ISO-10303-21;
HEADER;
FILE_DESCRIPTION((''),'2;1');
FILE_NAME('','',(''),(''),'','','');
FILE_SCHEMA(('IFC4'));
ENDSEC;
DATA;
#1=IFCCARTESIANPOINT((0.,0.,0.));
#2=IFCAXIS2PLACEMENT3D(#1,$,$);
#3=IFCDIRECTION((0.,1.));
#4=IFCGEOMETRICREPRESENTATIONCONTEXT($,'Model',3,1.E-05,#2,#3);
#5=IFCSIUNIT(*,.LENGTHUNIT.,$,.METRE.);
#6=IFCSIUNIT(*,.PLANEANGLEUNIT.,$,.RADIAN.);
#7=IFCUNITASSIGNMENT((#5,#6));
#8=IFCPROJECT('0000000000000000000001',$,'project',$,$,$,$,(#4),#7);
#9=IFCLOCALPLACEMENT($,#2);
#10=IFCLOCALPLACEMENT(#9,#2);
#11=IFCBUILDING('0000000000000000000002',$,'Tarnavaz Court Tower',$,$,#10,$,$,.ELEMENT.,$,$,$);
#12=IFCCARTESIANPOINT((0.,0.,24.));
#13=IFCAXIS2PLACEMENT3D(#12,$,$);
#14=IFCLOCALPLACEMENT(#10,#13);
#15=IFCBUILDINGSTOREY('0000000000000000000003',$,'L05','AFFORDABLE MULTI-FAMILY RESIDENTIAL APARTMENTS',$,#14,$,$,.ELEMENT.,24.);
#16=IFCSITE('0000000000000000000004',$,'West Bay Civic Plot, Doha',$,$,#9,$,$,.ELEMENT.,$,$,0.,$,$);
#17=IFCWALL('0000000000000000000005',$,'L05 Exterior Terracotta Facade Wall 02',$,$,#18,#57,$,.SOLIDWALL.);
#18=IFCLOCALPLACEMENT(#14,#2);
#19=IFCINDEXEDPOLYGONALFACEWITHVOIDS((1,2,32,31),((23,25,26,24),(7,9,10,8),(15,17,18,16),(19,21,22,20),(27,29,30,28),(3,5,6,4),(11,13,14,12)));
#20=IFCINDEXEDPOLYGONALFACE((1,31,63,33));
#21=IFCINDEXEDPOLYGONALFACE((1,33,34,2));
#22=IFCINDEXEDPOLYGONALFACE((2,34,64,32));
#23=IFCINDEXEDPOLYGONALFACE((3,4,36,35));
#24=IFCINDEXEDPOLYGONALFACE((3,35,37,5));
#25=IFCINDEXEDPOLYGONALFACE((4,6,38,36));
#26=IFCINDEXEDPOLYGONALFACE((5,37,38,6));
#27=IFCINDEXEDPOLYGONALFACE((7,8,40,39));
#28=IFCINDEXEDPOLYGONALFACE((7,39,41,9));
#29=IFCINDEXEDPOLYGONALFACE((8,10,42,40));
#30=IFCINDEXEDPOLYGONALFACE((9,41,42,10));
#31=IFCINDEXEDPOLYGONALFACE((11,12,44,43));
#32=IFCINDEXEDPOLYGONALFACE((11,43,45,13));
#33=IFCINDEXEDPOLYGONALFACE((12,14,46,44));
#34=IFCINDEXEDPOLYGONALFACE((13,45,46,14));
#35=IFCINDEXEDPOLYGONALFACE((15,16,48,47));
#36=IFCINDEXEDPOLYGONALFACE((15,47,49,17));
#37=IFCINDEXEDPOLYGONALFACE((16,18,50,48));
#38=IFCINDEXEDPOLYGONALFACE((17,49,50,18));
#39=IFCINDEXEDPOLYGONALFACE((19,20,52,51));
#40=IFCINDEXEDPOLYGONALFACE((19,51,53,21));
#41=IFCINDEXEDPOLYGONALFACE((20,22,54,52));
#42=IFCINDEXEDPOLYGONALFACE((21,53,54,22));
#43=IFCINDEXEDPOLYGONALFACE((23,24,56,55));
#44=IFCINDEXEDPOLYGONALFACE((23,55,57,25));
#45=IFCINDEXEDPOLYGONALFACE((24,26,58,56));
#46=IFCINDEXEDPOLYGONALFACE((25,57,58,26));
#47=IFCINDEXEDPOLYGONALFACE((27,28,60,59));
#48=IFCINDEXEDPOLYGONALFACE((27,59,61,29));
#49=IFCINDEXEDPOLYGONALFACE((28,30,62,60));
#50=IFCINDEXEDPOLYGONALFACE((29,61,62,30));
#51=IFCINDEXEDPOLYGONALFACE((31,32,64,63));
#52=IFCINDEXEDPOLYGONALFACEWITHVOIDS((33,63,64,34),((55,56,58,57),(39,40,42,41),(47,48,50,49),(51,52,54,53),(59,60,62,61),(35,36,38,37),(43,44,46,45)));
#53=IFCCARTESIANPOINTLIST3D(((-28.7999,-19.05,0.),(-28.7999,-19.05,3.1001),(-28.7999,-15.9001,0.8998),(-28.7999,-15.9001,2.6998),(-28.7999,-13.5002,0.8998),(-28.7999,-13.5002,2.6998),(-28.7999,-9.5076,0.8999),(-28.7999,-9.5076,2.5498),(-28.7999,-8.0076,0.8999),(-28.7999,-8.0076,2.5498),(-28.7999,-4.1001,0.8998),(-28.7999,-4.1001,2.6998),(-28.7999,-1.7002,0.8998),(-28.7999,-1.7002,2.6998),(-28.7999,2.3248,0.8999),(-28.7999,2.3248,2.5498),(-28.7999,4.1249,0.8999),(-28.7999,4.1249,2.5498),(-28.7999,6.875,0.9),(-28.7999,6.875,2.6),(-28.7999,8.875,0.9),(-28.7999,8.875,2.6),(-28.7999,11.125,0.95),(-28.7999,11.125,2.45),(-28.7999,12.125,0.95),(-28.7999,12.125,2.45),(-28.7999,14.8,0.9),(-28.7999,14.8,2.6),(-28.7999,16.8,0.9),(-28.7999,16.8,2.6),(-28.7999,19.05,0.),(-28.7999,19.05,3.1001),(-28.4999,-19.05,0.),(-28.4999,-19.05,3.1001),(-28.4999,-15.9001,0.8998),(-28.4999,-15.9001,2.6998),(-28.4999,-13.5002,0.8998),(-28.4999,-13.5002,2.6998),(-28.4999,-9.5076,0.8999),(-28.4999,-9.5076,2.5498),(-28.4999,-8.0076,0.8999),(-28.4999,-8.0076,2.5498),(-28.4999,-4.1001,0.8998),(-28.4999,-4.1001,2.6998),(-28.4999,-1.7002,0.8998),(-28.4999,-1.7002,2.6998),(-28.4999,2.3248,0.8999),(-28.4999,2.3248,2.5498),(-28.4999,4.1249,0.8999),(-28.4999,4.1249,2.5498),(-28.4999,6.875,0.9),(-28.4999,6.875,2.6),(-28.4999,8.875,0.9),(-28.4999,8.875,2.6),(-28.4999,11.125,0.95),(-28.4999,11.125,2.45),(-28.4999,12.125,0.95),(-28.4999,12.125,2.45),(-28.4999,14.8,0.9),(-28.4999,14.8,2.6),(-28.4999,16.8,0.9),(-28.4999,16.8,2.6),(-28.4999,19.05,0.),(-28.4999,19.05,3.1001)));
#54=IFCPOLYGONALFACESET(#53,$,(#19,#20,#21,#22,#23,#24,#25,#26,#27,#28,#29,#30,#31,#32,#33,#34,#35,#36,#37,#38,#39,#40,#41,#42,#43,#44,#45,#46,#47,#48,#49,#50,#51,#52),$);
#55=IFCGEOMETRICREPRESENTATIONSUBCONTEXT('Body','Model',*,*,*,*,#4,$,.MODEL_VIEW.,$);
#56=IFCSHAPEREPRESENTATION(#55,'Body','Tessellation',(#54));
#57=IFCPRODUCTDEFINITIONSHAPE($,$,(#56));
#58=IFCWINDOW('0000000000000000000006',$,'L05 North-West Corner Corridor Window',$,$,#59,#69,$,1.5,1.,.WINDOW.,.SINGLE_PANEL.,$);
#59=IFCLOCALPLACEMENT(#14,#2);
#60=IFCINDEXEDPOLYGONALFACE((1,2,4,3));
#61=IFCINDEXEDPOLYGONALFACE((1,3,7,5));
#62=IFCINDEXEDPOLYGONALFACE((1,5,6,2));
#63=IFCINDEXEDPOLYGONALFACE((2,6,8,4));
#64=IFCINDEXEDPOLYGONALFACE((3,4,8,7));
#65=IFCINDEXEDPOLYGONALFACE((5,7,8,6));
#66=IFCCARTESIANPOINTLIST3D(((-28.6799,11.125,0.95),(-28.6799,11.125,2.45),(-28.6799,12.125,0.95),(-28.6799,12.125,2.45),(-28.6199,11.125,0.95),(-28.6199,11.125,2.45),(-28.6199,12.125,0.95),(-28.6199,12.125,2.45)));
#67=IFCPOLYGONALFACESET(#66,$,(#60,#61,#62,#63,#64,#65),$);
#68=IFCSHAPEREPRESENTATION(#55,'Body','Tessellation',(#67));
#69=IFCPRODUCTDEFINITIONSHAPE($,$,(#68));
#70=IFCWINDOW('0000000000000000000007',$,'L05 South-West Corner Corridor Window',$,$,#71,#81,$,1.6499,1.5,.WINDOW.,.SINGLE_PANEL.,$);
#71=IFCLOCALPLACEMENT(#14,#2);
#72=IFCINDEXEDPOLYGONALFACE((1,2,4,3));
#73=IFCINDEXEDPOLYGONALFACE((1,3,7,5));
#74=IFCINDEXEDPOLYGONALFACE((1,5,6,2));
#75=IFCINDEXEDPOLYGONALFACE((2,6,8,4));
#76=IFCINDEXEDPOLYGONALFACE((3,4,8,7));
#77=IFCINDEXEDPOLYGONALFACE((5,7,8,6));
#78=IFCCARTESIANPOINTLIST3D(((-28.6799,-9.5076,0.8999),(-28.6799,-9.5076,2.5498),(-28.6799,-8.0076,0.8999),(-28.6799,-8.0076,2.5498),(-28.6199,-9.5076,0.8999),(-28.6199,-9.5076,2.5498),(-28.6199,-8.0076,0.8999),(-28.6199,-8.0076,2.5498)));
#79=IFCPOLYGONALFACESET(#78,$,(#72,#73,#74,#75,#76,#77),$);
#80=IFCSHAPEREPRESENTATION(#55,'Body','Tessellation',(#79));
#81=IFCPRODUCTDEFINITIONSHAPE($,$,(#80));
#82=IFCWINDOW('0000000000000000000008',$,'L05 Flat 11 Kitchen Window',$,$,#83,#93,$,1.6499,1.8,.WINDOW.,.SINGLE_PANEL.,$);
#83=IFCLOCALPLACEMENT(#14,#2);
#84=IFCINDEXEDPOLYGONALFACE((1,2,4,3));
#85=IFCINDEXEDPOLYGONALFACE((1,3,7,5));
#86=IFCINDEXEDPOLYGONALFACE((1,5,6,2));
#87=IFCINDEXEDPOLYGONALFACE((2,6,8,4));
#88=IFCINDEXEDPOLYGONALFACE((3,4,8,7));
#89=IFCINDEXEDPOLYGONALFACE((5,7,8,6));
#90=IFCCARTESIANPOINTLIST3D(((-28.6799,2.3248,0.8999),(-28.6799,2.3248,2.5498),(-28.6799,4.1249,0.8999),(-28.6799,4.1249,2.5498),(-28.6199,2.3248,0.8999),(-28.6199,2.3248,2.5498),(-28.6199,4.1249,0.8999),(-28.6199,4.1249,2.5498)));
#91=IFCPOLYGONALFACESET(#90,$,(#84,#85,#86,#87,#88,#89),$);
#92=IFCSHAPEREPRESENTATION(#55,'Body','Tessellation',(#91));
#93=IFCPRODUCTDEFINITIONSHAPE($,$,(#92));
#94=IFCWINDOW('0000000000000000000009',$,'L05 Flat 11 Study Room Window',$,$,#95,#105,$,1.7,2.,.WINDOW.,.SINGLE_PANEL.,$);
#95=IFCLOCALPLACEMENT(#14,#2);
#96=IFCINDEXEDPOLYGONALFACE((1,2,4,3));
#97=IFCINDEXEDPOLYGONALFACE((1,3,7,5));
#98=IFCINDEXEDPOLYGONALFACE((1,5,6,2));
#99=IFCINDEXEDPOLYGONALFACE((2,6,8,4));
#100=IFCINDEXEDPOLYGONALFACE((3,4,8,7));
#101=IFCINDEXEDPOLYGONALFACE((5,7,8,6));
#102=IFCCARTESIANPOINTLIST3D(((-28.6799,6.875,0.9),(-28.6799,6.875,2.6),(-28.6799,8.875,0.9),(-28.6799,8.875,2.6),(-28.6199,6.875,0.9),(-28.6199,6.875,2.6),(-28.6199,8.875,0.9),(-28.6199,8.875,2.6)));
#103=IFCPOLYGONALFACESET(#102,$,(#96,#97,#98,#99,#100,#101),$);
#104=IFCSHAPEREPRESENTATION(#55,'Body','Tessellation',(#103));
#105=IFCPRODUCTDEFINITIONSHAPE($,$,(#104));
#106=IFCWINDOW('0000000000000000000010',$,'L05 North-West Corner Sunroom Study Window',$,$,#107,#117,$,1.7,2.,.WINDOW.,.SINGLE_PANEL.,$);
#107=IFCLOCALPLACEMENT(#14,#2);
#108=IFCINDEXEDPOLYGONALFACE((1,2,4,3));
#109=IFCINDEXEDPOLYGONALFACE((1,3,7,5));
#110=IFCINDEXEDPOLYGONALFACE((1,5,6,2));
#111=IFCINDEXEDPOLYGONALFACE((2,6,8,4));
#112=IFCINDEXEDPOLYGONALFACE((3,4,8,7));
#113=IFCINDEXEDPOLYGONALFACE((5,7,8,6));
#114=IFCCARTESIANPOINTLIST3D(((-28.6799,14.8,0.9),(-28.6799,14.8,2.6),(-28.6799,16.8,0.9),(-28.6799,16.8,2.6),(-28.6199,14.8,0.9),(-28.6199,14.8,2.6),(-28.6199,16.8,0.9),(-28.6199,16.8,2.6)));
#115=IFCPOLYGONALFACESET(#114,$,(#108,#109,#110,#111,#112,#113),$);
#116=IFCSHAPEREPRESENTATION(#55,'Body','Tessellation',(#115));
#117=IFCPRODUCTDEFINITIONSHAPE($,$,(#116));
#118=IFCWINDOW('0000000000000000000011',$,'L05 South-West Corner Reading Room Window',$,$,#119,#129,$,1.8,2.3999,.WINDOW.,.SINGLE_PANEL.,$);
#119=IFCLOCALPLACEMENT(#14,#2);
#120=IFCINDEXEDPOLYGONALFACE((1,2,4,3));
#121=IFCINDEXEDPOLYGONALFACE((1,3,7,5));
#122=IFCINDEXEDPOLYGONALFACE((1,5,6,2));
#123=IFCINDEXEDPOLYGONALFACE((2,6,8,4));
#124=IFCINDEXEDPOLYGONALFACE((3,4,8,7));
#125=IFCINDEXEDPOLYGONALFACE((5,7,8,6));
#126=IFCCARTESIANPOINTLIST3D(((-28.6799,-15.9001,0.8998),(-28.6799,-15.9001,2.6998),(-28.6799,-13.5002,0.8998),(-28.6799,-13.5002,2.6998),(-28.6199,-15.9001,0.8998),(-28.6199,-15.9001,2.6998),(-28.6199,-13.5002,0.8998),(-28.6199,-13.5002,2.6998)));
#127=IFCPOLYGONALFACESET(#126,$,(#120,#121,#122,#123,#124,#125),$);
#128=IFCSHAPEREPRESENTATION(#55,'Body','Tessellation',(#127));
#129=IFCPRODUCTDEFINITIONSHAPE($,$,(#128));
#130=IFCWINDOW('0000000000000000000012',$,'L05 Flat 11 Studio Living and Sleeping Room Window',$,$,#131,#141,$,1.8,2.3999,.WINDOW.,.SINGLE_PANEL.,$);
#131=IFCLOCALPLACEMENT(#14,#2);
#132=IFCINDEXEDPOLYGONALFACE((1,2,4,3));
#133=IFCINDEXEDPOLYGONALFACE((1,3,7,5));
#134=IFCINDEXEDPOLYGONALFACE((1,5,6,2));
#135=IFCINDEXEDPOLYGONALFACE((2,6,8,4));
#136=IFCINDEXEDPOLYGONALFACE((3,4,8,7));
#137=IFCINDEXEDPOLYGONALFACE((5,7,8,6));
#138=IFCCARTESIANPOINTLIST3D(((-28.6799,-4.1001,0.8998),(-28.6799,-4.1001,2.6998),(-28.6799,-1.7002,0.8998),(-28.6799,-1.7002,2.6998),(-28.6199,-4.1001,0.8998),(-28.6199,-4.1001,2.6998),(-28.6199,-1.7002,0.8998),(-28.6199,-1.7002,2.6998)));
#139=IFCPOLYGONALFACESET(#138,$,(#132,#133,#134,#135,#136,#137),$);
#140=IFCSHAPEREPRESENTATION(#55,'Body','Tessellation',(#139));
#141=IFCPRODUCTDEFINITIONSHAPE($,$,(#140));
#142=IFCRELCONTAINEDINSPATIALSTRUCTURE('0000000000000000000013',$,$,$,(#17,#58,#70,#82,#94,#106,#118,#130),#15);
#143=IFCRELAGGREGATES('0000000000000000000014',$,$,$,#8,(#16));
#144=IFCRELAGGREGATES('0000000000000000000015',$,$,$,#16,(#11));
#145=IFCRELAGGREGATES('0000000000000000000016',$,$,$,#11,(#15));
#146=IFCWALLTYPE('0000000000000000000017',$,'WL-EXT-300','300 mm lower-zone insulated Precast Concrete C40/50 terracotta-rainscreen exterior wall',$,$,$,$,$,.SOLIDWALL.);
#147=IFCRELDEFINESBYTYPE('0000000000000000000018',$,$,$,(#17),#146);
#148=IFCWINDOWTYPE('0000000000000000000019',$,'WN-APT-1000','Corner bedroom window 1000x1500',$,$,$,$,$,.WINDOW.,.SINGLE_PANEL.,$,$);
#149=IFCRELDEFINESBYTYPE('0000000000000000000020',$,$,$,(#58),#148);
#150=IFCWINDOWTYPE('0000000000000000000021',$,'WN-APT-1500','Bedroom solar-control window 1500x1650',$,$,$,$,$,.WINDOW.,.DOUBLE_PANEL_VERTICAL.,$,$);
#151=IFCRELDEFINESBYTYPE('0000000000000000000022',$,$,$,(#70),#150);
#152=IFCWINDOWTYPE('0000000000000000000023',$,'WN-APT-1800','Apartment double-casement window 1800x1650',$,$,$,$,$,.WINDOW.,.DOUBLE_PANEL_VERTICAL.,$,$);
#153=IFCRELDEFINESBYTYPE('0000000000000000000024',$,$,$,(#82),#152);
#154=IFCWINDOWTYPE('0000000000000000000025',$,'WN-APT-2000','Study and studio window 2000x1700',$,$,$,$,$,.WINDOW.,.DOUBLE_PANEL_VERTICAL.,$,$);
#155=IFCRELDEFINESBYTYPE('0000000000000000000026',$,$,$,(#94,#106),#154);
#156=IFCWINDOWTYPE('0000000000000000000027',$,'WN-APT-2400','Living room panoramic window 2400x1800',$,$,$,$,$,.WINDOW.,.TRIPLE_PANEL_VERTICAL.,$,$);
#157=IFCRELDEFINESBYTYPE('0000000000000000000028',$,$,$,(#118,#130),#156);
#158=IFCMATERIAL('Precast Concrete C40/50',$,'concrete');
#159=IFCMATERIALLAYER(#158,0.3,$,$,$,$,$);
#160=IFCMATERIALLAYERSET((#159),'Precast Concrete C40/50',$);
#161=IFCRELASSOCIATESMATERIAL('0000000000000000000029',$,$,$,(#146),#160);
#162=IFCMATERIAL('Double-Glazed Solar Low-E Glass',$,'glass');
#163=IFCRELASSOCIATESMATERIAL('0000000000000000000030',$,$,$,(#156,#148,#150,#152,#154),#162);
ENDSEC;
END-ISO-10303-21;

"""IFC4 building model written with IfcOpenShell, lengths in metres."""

from ifc_helpers import new_model, si_unit, direction, frame, frame_2d, origin, place, context, subcontext, project, spatial, rectangle, extrude, material, layer, layer_set, type_object, element, fill, save


model = new_model("IFC4")

# Units and contexts
model_context = context("Model", 3, precision=1e-05, world=origin(), true_north=direction((0.0, 1.0)))
body_context = subcontext(model_context, "Body", "Model", "MODEL_VIEW")
ifc_project = project(units=[si_unit("LENGTHUNIT", "METRE"), si_unit("PLANEANGLEUNIT", "RADIAN")], contexts=[model_context])

# Site, building, storey
site_placement = place(None, origin())
site = spatial("IfcSite", under=ifc_project, at=site_placement, Name="West Bay Civic Plot, Doha", CompositionType="ELEMENT", RefElevation=0.0)
building_placement = place(site_placement, origin())
building = spatial("IfcBuilding", under=site, at=building_placement, Name="Tarnavaz Court Tower", CompositionType="ELEMENT")
storey_placement = place(building_placement, frame((0.0, 0.0, 24.0)))
storey = spatial("IfcBuildingStorey", under=building, at=storey_placement, Name="L05", Description="AFFORDABLE MULTI-FAMILY RESIDENTIAL APARTMENTS", CompositionType="ELEMENT", Elevation=24.0)

# Shared definitions
ifc_material_1 = material(Name="Precast Concrete C40/50", Category="concrete")
ifc_layer_1 = layer(ifc_material_1, 0.3)
ifc_layer_set_1 = layer_set([ifc_layer_1], Name="Precast Concrete C40/50")
wall_type_1 = type_object("IfcWallType", Name="WL-EXT-300", Description="300 mm lower-zone insulated Precast Concrete C40/50 terracotta-rainscreen exterior wall", PredefinedType="SOLIDWALL", material=ifc_layer_set_1)
ifc_material_2 = material(Name="Double-Glazed Solar Low-E Glass", Category="glass")
window_type_1 = type_object("IfcWindowType", Name="WN-APT-2400", Description="Living room panoramic window 2400x1800", PartitioningType="TRIPLE_PANEL_VERTICAL", PredefinedType="WINDOW", material=ifc_material_2)

# Wall, openings, windows
wall_1_placement = place(storey_placement, frame((-28.6499, -19.05, 0.0), z_axis=(0.0, 0.0, 1.0), x_axis=(0.0, 1.0, 0.0)))
wall_1 = element("IfcWall", 1, at=wall_1_placement, inside=storey, type_object=wall_type_1, Name="L05 Exterior Terracotta Facade Wall 02", PredefinedType="SOLIDWALL", context=body_context, shape_type="SweptSolid", body=[
    extrude(rectangle(XDim=38.1001, YDim=0.3, at=frame_2d((19.05, 0.0))), origin(), (0.0, 0.0, 1.0), 3.1001),
])
opening_1_placement = place(wall_1_placement, frame((3.1499, 0.0, 0.8999)))
opening_1 = element("IfcOpeningElement", 2, at=opening_1_placement, cuts=wall_1, PredefinedType="OPENING", context=body_context, shape_type="SweptSolid", body=[
    extrude(rectangle(XDim=2.3999, YDim=1.8, at=frame_2d((1.2, 0.8999))), frame((0.0, 0.1599, 0.0), z_axis=(0.0, -1.0, 0.0), x_axis=(1.0, 0.0, 0.0)), (0.0, 0.0, 1.0), 0.3201),
])
opening_2_placement = place(wall_1_placement, frame((9.5425, 0.0, 0.8999)))
opening_2 = element("IfcOpeningElement", 3, at=opening_2_placement, cuts=wall_1, PredefinedType="OPENING", context=body_context, shape_type="SweptSolid", body=[
    extrude(rectangle(XDim=1.5, YDim=1.6499, at=frame_2d((0.75, 0.825))), frame((0.0, 0.1599, 0.0), z_axis=(0.0, -1.0, 0.0), x_axis=(1.0, 0.0, 0.0)), (0.0, 0.0, 1.0), 0.3201),
])
opening_3_placement = place(wall_1_placement, frame((14.95, 0.0, 0.8999)))
opening_3 = element("IfcOpeningElement", 4, at=opening_3_placement, cuts=wall_1, PredefinedType="OPENING", context=body_context, shape_type="SweptSolid", body=[
    extrude(rectangle(XDim=2.3999, YDim=1.8, at=frame_2d((1.2, 0.8999))), frame((0.0, 0.1599, 0.0), z_axis=(0.0, -1.0, 0.0), x_axis=(1.0, 0.0, 0.0)), (0.0, 0.0, 1.0), 0.3201),
])
opening_4_placement = place(wall_1_placement, frame((21.375, 0.0, 0.8999)))
opening_4 = element("IfcOpeningElement", 5, at=opening_4_placement, cuts=wall_1, PredefinedType="OPENING", context=body_context, shape_type="SweptSolid", body=[
    extrude(rectangle(XDim=1.8, YDim=1.6499, at=frame_2d((0.8999, 0.825))), frame((0.0, 0.1599, 0.0), z_axis=(0.0, -1.0, 0.0), x_axis=(1.0, 0.0, 0.0)), (0.0, 0.0, 1.0), 0.3201),
])
opening_5_placement = place(wall_1_placement, frame((25.925, 0.0, 0.8999)))
opening_5 = element("IfcOpeningElement", 6, at=opening_5_placement, cuts=wall_1, PredefinedType="OPENING", context=body_context, shape_type="SweptSolid", body=[
    extrude(rectangle(XDim=2.0, YDim=1.7, at=frame_2d((1.0, 0.8501))), frame((0.0, 0.1599, 0.0), z_axis=(0.0, -1.0, 0.0), x_axis=(1.0, 0.0, 0.0)), (0.0, 0.0, 1.0), 0.3201),
])
opening_6_placement = place(wall_1_placement, frame((30.175, 0.0, 0.95)))
opening_6 = element("IfcOpeningElement", 7, at=opening_6_placement, cuts=wall_1, PredefinedType="OPENING", context=body_context, shape_type="SweptSolid", body=[
    extrude(rectangle(XDim=1.0, YDim=1.5, at=frame_2d((0.5, 0.75))), frame((0.0, 0.1599, 0.0), z_axis=(0.0, -1.0, 0.0), x_axis=(1.0, 0.0, 0.0)), (0.0, 0.0, 1.0), 0.3201),
])
opening_7_placement = place(wall_1_placement, frame((33.8501, 0.0, 0.8999)))
opening_7 = element("IfcOpeningElement", 8, at=opening_7_placement, cuts=wall_1, PredefinedType="OPENING", context=body_context, shape_type="SweptSolid", body=[
    extrude(rectangle(XDim=2.0, YDim=1.7, at=frame_2d((1.0, 0.8501))), frame((0.0, 0.1599, 0.0), z_axis=(0.0, -1.0, 0.0), x_axis=(1.0, 0.0, 0.0)), (0.0, 0.0, 1.0), 0.3201),
])
window_type_2 = type_object("IfcWindowType", Name="WN-APT-1000", Description="Corner bedroom window 1000x1500", PartitioningType="SINGLE_PANEL", PredefinedType="WINDOW", material=ifc_material_2)
window_1_placement = place(opening_6_placement, origin())
window_1 = element("IfcWindow", 9, at=window_1_placement, inside=storey, type_object=window_type_2, Name="L05 North-West Corner Corridor Window", OverallHeight=1.5, OverallWidth=1.0, PartitioningType="SINGLE_PANEL", PredefinedType="WINDOW", context=body_context, shape_type="SweptSolid", body=[
    extrude(rectangle(XDim=1.0, YDim=1.5, at=frame_2d((0.5, 0.75))), frame((0.0, 0.03, 0.0), z_axis=(0.0, -1.0, 0.0), x_axis=(1.0, 0.0, 0.0)), (0.0, 0.0, 1.0), 0.0601),
])
fill(opening_6, window_1)
window_type_3 = type_object("IfcWindowType", Name="WN-APT-1500", Description="Bedroom solar-control window 1500x1650", PartitioningType="DOUBLE_PANEL_VERTICAL", PredefinedType="WINDOW", material=ifc_material_2)
window_2_placement = place(opening_2_placement, origin())
window_2 = element("IfcWindow", 10, at=window_2_placement, inside=storey, type_object=window_type_3, Name="L05 South-West Corner Corridor Window", OverallHeight=1.6499, OverallWidth=1.5, PartitioningType="SINGLE_PANEL", PredefinedType="WINDOW", context=body_context, shape_type="SweptSolid", body=[
    extrude(rectangle(XDim=1.5, YDim=1.6499, at=frame_2d((0.75, 0.825))), frame((0.0, 0.03, 0.0), z_axis=(0.0, -1.0, 0.0), x_axis=(1.0, 0.0, 0.0)), (0.0, 0.0, 1.0), 0.0601),
])
fill(opening_2, window_2)
window_type_4 = type_object("IfcWindowType", Name="WN-APT-1800", Description="Apartment double-casement window 1800x1650", PartitioningType="DOUBLE_PANEL_VERTICAL", PredefinedType="WINDOW", material=ifc_material_2)
window_3_placement = place(opening_4_placement, origin())
window_3 = element("IfcWindow", 11, at=window_3_placement, inside=storey, type_object=window_type_4, Name="L05 Flat 11 Kitchen Window", OverallHeight=1.6499, OverallWidth=1.8, PartitioningType="SINGLE_PANEL", PredefinedType="WINDOW", context=body_context, shape_type="SweptSolid", body=[
    extrude(rectangle(XDim=1.8, YDim=1.6499, at=frame_2d((0.8999, 0.825))), frame((0.0, 0.03, 0.0), z_axis=(0.0, -1.0, 0.0), x_axis=(1.0, 0.0, 0.0)), (0.0, 0.0, 1.0), 0.0601),
])
fill(opening_4, window_3)
window_type_5 = type_object("IfcWindowType", Name="WN-APT-2000", Description="Study and studio window 2000x1700", PartitioningType="DOUBLE_PANEL_VERTICAL", PredefinedType="WINDOW", material=ifc_material_2)
window_4_placement = place(opening_5_placement, origin())
window_4 = element("IfcWindow", 12, at=window_4_placement, inside=storey, type_object=window_type_5, Name="L05 Flat 11 Study Room Window", OverallHeight=1.7, OverallWidth=2.0, PartitioningType="SINGLE_PANEL", PredefinedType="WINDOW", context=body_context, shape_type="SweptSolid", body=[
    extrude(rectangle(XDim=2.0, YDim=1.7, at=frame_2d((1.0, 0.8501))), frame((0.0, 0.03, 0.0), z_axis=(0.0, -1.0, 0.0), x_axis=(1.0, 0.0, 0.0)), (0.0, 0.0, 1.0), 0.0601),
])
fill(opening_5, window_4)
window_5_placement = place(opening_7_placement, origin())
window_5 = element("IfcWindow", 13, at=window_5_placement, inside=storey, type_object=window_type_5, Name="L05 North-West Corner Sunroom Study Window", OverallHeight=1.7, OverallWidth=2.0, PartitioningType="SINGLE_PANEL", PredefinedType="WINDOW", context=body_context, shape_type="SweptSolid", body=[
    extrude(rectangle(XDim=2.0, YDim=1.7, at=frame_2d((1.0, 0.8501))), frame((0.0, 0.03, 0.0), z_axis=(0.0, -1.0, 0.0), x_axis=(1.0, 0.0, 0.0)), (0.0, 0.0, 1.0), 0.0601),
])
fill(opening_7, window_5)
window_6_placement = place(opening_1_placement, origin())
window_6 = element("IfcWindow", 14, at=window_6_placement, inside=storey, type_object=window_type_1, Name="L05 South-West Corner Reading Room Window", OverallHeight=1.8, OverallWidth=2.3999, PartitioningType="SINGLE_PANEL", PredefinedType="WINDOW", context=body_context, shape_type="SweptSolid", body=[
    extrude(rectangle(XDim=2.3999, YDim=1.8, at=frame_2d((1.2, 0.8999))), frame((0.0, 0.03, 0.0), z_axis=(0.0, -1.0, 0.0), x_axis=(1.0, 0.0, 0.0)), (0.0, 0.0, 1.0), 0.0601),
])
fill(opening_1, window_6)
window_7_placement = place(opening_3_placement, origin())
window_7 = element("IfcWindow", 15, at=window_7_placement, inside=storey, type_object=window_type_1, Name="L05 Flat 11 Studio Living and Sleeping Room Window", OverallHeight=1.8, OverallWidth=2.3999, PartitioningType="SINGLE_PANEL", PredefinedType="WINDOW", context=body_context, shape_type="SweptSolid", body=[
    extrude(rectangle(XDim=2.3999, YDim=1.8, at=frame_2d((1.2, 0.8999))), frame((0.0, 0.03, 0.0), z_axis=(0.0, -1.0, 0.0), x_axis=(1.0, 0.0, 0.0)), (0.0, 0.0, 1.0), 0.0601),
])
fill(opening_3, window_7)

save(model, "model.ifc")
